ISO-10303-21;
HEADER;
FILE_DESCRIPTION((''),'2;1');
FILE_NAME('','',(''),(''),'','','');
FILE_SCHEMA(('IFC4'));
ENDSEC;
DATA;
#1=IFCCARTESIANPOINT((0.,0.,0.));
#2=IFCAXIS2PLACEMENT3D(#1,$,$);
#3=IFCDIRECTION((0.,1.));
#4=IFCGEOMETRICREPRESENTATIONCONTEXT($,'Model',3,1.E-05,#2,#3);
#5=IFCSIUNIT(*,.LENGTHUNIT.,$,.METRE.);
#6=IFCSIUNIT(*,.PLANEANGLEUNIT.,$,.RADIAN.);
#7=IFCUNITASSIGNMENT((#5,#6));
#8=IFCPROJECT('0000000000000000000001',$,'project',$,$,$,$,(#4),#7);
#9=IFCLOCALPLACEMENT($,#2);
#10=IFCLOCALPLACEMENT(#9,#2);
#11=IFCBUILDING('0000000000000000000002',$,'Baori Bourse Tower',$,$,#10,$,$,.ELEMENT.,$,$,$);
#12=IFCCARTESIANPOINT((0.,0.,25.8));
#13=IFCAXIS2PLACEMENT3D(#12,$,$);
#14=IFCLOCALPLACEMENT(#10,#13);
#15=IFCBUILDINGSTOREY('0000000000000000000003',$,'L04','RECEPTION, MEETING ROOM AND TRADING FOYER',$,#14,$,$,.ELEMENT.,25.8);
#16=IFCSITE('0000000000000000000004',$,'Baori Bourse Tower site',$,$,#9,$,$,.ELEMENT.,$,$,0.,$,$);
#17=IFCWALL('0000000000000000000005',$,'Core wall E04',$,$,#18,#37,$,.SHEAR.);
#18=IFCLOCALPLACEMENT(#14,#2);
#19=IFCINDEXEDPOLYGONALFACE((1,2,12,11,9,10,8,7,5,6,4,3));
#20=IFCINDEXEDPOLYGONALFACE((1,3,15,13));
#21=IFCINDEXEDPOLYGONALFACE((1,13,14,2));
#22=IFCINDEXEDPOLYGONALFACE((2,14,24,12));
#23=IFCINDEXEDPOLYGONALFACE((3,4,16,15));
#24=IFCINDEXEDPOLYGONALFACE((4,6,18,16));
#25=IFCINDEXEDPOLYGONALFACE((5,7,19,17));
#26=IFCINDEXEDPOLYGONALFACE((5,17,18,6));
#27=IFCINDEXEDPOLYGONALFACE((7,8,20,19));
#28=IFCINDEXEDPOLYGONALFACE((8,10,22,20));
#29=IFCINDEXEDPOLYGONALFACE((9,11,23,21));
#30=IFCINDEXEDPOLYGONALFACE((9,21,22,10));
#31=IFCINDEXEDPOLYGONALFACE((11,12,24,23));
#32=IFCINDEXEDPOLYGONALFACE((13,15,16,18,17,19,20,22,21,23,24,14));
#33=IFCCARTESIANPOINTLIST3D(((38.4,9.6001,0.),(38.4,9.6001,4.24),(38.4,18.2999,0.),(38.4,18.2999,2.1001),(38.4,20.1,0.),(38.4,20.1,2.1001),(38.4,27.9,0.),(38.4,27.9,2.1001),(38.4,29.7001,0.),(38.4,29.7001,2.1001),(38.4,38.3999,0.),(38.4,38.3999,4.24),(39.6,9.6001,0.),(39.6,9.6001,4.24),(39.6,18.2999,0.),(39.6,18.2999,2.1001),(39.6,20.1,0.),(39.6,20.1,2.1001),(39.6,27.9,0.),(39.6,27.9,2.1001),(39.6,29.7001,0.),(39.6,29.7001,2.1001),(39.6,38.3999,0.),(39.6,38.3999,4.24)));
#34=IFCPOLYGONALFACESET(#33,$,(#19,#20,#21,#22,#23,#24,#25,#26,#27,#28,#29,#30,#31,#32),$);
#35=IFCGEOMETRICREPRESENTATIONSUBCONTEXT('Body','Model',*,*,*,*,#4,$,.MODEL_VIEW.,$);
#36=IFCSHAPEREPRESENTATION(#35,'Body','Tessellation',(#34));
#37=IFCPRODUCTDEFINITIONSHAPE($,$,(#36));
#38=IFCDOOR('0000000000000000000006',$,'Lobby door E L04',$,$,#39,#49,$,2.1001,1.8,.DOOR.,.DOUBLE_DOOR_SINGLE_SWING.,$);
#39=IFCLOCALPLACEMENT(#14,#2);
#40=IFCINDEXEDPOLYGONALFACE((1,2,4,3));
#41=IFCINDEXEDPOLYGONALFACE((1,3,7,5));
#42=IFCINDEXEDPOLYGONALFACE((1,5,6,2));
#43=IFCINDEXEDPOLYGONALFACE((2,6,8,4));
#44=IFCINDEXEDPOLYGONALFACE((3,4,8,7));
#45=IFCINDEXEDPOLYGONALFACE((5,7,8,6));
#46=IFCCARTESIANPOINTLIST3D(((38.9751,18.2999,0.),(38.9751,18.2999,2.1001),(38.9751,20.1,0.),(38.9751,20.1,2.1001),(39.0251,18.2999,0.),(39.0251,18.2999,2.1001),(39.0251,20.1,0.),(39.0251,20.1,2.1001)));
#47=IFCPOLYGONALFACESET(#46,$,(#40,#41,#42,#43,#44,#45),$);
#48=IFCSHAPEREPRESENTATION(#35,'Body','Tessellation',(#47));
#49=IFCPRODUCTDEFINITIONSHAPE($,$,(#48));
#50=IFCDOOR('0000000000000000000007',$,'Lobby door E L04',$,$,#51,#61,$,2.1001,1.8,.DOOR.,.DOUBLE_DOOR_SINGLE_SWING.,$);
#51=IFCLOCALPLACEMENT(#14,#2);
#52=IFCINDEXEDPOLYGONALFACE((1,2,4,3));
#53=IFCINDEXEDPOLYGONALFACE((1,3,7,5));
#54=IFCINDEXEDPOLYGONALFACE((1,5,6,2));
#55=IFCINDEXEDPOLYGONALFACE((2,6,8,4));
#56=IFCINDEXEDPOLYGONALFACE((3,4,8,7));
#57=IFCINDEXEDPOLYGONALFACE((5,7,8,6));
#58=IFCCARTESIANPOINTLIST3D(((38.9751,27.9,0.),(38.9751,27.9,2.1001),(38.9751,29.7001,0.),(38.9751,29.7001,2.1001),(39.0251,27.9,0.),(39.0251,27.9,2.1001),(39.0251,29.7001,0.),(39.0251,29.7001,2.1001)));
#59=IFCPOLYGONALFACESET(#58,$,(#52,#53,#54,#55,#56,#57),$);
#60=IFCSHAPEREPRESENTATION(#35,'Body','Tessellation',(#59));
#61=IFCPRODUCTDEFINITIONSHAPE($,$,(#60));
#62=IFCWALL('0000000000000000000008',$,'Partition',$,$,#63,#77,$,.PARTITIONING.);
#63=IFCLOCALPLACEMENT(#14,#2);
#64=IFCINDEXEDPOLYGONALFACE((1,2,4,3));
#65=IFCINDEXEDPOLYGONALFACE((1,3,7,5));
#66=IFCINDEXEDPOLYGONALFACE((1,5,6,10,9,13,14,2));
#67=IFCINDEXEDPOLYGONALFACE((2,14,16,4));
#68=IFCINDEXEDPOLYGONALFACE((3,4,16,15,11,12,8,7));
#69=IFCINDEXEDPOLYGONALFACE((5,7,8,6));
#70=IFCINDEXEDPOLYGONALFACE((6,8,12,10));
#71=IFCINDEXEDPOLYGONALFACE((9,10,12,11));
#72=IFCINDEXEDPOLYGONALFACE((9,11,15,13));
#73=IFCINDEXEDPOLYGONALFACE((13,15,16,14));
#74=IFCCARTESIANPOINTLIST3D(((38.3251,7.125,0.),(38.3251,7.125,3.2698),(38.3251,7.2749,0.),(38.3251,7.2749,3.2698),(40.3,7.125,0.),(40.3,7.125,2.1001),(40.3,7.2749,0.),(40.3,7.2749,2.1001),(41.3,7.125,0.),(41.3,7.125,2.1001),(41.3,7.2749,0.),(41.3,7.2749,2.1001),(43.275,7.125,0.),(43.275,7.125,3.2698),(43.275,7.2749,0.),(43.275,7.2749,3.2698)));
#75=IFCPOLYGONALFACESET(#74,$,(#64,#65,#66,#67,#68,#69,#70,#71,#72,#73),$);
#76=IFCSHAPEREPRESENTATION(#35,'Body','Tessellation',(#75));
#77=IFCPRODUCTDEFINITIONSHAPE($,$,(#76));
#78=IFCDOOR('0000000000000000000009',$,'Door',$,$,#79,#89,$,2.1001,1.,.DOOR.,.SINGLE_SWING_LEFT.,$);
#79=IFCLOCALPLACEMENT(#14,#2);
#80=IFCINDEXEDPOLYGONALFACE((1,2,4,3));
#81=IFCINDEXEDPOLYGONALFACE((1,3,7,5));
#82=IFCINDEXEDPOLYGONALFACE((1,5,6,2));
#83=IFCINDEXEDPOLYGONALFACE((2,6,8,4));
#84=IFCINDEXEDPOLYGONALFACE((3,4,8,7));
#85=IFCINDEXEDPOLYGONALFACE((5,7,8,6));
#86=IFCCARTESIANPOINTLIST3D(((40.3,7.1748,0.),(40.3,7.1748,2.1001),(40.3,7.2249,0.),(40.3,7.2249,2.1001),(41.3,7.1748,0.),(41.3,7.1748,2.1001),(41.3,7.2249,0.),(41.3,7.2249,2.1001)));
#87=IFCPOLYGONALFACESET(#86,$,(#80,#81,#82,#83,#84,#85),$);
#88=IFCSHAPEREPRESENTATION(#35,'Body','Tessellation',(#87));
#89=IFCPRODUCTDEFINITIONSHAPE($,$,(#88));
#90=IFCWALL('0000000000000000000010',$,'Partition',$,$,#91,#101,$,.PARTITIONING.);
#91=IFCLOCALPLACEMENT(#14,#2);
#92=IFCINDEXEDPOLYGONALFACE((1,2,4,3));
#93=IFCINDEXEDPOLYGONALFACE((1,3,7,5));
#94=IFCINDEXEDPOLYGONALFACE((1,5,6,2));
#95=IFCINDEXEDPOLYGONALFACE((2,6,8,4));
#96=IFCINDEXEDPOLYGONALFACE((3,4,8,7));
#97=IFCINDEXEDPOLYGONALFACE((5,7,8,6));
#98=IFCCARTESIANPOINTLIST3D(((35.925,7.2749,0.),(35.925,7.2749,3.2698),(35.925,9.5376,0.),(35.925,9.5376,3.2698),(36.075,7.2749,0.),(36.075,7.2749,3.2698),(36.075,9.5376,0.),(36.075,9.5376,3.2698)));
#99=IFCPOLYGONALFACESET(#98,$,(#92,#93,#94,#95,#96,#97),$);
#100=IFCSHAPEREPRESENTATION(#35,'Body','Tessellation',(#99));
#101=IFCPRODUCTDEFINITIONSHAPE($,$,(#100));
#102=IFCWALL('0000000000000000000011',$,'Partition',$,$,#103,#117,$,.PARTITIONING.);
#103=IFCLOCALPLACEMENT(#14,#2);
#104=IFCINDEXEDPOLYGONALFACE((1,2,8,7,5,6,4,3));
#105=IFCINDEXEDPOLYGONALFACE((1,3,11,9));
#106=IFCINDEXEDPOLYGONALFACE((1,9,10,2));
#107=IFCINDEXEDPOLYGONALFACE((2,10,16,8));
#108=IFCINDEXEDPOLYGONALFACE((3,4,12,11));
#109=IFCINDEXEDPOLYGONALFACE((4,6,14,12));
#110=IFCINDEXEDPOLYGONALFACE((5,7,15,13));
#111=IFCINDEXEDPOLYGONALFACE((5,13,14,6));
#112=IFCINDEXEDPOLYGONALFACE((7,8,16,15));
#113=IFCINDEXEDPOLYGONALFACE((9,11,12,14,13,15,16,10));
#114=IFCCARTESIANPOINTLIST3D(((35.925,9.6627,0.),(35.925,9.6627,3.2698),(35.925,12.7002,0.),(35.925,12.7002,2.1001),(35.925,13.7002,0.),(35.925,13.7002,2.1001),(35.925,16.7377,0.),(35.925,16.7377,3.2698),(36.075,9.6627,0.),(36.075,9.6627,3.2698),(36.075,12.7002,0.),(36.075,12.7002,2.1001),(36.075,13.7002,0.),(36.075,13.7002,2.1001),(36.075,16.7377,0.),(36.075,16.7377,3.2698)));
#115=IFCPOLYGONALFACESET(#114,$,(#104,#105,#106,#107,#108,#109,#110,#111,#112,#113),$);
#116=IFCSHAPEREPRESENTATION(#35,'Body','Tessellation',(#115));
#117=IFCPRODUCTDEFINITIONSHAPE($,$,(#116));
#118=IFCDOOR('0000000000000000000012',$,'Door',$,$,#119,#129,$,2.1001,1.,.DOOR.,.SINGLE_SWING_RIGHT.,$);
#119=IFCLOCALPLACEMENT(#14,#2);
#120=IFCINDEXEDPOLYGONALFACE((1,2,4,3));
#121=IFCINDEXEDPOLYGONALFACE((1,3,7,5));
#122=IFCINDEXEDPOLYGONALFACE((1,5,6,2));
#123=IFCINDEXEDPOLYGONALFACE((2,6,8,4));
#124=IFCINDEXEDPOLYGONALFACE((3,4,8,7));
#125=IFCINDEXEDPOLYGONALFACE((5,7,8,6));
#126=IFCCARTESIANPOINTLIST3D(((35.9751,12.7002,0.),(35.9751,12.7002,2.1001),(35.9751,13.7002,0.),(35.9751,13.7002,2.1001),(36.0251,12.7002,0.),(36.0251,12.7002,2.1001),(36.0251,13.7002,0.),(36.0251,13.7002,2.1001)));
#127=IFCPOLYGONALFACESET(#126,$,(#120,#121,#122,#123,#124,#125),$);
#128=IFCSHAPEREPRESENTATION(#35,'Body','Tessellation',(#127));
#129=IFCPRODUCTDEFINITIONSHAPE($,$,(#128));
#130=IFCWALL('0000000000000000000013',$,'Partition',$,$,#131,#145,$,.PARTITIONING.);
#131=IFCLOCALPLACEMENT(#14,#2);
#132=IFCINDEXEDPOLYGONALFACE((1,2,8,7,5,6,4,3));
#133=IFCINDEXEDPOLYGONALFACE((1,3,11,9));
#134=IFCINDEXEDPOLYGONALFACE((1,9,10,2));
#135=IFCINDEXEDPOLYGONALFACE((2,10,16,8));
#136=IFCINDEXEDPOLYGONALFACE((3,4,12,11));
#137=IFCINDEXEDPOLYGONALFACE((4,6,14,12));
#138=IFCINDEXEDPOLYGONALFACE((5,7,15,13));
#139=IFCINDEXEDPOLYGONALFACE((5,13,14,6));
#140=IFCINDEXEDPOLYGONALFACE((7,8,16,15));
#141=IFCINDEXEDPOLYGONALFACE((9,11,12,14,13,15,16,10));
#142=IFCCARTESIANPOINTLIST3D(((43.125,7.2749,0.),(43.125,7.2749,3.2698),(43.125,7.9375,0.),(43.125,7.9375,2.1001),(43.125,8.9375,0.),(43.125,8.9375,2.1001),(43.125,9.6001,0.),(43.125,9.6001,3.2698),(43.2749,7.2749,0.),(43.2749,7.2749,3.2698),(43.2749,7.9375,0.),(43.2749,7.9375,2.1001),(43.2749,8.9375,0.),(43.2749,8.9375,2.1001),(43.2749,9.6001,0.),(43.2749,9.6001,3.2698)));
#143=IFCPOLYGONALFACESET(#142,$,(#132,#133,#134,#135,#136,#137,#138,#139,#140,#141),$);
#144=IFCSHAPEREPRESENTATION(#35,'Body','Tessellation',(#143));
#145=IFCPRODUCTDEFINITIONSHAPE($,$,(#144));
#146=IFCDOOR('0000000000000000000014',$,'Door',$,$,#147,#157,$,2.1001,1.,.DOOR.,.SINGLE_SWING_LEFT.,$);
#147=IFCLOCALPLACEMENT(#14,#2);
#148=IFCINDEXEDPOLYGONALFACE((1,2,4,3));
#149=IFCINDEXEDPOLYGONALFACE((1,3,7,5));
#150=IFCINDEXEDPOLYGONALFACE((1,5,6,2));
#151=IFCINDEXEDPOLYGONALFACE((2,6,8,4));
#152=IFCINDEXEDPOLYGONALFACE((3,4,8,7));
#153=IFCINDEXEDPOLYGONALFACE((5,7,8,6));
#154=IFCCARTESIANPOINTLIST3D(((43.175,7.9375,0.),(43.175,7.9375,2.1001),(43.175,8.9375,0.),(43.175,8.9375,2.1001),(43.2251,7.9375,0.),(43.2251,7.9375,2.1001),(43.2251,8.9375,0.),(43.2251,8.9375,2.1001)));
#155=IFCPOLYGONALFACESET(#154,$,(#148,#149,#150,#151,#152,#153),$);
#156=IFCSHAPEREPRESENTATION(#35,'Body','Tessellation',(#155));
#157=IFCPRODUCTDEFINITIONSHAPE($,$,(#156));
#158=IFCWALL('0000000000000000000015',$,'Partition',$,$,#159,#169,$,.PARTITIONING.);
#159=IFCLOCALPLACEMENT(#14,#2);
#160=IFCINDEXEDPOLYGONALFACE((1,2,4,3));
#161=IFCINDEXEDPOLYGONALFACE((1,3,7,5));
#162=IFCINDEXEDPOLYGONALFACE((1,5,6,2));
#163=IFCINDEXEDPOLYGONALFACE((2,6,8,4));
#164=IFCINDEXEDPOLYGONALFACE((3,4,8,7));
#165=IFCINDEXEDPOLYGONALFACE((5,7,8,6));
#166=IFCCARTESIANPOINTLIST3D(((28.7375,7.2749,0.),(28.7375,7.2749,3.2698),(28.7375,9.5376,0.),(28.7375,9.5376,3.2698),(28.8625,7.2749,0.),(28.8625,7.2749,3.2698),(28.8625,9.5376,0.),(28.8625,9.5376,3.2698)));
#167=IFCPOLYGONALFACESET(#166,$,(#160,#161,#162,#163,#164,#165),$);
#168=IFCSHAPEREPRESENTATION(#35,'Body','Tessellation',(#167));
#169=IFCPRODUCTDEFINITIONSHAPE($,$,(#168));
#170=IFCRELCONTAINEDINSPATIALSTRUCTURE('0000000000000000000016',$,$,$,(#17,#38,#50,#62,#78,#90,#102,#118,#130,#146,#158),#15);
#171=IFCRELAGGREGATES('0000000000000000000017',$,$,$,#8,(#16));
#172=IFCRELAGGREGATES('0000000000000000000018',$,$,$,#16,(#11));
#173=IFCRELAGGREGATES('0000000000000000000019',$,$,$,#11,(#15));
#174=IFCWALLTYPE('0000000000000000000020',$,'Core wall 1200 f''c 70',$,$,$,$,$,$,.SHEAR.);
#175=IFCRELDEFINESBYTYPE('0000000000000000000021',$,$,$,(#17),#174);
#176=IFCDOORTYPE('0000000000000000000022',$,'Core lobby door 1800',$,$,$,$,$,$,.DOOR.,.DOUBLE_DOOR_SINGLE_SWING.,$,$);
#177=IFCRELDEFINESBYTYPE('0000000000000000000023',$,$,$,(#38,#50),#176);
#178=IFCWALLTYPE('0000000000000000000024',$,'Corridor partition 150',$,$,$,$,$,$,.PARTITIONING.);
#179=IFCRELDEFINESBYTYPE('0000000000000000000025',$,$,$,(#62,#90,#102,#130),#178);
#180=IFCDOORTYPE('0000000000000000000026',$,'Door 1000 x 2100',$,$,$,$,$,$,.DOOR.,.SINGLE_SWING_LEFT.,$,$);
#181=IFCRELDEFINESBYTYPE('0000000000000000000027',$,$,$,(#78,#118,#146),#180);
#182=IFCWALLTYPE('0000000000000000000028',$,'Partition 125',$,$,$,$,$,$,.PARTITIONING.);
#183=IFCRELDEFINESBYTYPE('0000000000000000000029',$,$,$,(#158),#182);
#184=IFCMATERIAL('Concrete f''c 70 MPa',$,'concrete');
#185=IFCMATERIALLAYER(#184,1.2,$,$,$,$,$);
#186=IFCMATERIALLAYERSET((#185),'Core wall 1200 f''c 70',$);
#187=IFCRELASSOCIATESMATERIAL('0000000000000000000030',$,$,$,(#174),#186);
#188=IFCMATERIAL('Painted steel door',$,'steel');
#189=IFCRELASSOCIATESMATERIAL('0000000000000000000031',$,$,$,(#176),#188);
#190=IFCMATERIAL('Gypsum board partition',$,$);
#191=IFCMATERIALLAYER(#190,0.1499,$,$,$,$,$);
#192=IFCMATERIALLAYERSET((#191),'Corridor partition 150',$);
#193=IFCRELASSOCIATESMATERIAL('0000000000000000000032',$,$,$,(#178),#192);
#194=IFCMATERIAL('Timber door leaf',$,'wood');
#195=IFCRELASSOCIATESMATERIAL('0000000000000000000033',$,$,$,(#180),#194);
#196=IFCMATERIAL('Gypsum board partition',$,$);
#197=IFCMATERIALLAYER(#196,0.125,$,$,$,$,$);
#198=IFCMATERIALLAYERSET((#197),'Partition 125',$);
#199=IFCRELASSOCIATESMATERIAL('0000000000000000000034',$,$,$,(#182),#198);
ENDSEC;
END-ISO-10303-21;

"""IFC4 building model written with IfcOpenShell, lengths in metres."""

from ifc_helpers import new_model, si_unit, direction, frame, frame_2d, origin, place, context, subcontext, project, spatial, rectangle, extrude, material, layer, layer_set, type_object, element, fill, save


model = new_model("IFC4")

# Units and contexts
model_context = context("Model", 3, precision=1e-05, world=origin(), true_north=direction((0.0, 1.0)))
body_context = subcontext(model_context, "Body", "Model", "MODEL_VIEW")
ifc_project = project(units=[si_unit("LENGTHUNIT", "METRE"), si_unit("PLANEANGLEUNIT", "RADIAN")], contexts=[model_context])

# Site, building, storey
site_placement = place(None, origin())
site = spatial("IfcSite", under=ifc_project, at=site_placement, Name="Baori Bourse Tower site", CompositionType="ELEMENT", RefElevation=0.0)
building_placement = place(site_placement, origin())
building = spatial("IfcBuilding", under=site, at=building_placement, Name="Baori Bourse Tower", CompositionType="ELEMENT")
storey_placement = place(building_placement, frame((0.0, 0.0, 25.8)))
storey = spatial("IfcBuildingStorey", under=building, at=storey_placement, Name="L04", Description="RECEPTION, MEETING ROOM AND TRADING FOYER", CompositionType="ELEMENT", Elevation=25.8)

# Wall, openings, doors
ifc_material_1 = material(Name="Concrete f'c 70 MPa", Category="concrete")
ifc_layer_1 = layer(ifc_material_1, 1.2)
ifc_layer_set_1 = layer_set([ifc_layer_1], Name="Core wall 1200 f'c 70")
wall_type_1 = type_object("IfcWallType", Name="Core wall 1200 f'c 70", PredefinedType="SHEAR", material=ifc_layer_set_1)
wall_1_placement = place(storey_placement, frame((39.0, 9.6001, 0.0), z_axis=(0.0, 0.0, 1.0), x_axis=(0.0, 1.0, 0.0)))
wall_1 = element("IfcWall", 1, at=wall_1_placement, inside=storey, type_object=wall_type_1, Name="Core wall E04", PredefinedType="SHEAR", context=body_context, shape_type="SweptSolid", body=[
    extrude(rectangle(XDim=28.7998, YDim=1.2, at=frame_2d((14.3999, 0.0))), origin(), (0.0, 0.0, 1.0), 4.24),
])
opening_1_placement = place(wall_1_placement, frame((8.7, 0.0, 0.0)))
opening_1 = element("IfcOpeningElement", 2, at=opening_1_placement, cuts=wall_1, PredefinedType="OPENING", context=body_context, shape_type="SweptSolid", body=[
    extrude(rectangle(XDim=1.8, YDim=2.1001, at=frame_2d((0.8999, 1.05))), frame((0.0, 0.6099, 0.0), z_axis=(0.0, -1.0, 0.0), x_axis=(1.0, 0.0, 0.0)), (0.0, 0.0, 1.0), 1.22),
])
opening_2_placement = place(wall_1_placement, frame((18.3, 0.0, 0.0)))
opening_2 = element("IfcOpeningElement", 3, at=opening_2_placement, cuts=wall_1, PredefinedType="OPENING", context=body_context, shape_type="SweptSolid", body=[
    extrude(rectangle(XDim=1.8, YDim=2.1001, at=frame_2d((0.8999, 1.05))), frame((0.0, 0.6099, 0.0), z_axis=(0.0, -1.0, 0.0), x_axis=(1.0, 0.0, 0.0)), (0.0, 0.0, 1.0), 1.22),
])
ifc_material_2 = material(Name="Painted steel door", Category="steel")
door_type_1 = type_object("IfcDoorType", Name="Core lobby door 1800", OperationType="DOUBLE_DOOR_SINGLE_SWING", PredefinedType="DOOR", material=ifc_material_2)
door_1_placement = place(opening_1_placement, origin())
door_1 = element("IfcDoor", 4, at=door_1_placement, inside=storey, type_object=door_type_1, Name="Lobby door E L04", OperationType="DOUBLE_DOOR_SINGLE_SWING", OverallHeight=2.1001, OverallWidth=1.8, PredefinedType="DOOR", context=body_context, shape_type="SweptSolid", body=[
    extrude(rectangle(XDim=1.8, YDim=2.1001, at=frame_2d((0.8999, 1.05))), frame((0.0, 0.0249, 0.0), z_axis=(0.0, -1.0, 0.0), x_axis=(1.0, 0.0, 0.0)), (0.0, 0.0, 1.0), 0.05),
])
fill(opening_1, door_1)
door_2_placement = place(opening_2_placement, origin())
door_2 = element("IfcDoor", 5, at=door_2_placement, inside=storey, type_object=door_type_1, Name="Lobby door E L04", OperationType="DOUBLE_DOOR_SINGLE_SWING", OverallHeight=2.1001, OverallWidth=1.8, PredefinedType="DOOR", context=body_context, shape_type="SweptSolid", body=[
    extrude(rectangle(XDim=1.8, YDim=2.1001, at=frame_2d((0.8999, 1.05))), frame((0.0, 0.0249, 0.0), z_axis=(0.0, -1.0, 0.0), x_axis=(1.0, 0.0, 0.0)), (0.0, 0.0, 1.0), 0.05),
])
fill(opening_2, door_2)

# Wall, opening, door
ifc_material_3 = material(Name="Gypsum board partition")
ifc_layer_2 = layer(ifc_material_3, 0.1499)
ifc_layer_set_2 = layer_set([ifc_layer_2], Name="Corridor partition 150")
wall_type_2 = type_object("IfcWallType", Name="Corridor partition 150", PredefinedType="PARTITIONING", material=ifc_layer_set_2)
wall_2_placement = place(storey_placement, frame((38.325, 7.2, 0.0), z_axis=(0.0, 0.0, 1.0), x_axis=(1.0, 0.0, 0.0)))
wall_2 = element("IfcWall", 6, at=wall_2_placement, inside=storey, type_object=wall_type_2, Name="Partition", PredefinedType="PARTITIONING", context=body_context, shape_type="SweptSolid", body=[
    extrude(rectangle(XDim=4.95, YDim=0.1499, at=frame_2d((2.4751, 0.0))), origin(), (0.0, 0.0, 1.0), 3.2698),
])
opening_3_placement = place(wall_2_placement, frame((1.9751, 0.0, 0.0)))
opening_3 = element("IfcOpeningElement", 7, at=opening_3_placement, cuts=wall_2, PredefinedType="OPENING", context=body_context, shape_type="SweptSolid", body=[
    extrude(rectangle(XDim=1.0, YDim=2.1001, at=frame_2d((0.5, 1.05))), frame((0.0, 0.085, 0.0), z_axis=(0.0, -1.0, 0.0), x_axis=(1.0, 0.0, 0.0)), (0.0, 0.0, 1.0), 0.1699),
])
ifc_material_4 = material(Name="Timber door leaf", Category="wood")
door_type_2 = type_object("IfcDoorType", Name="Door 1000 x 2100", OperationType="SINGLE_SWING_LEFT", PredefinedType="DOOR", material=ifc_material_4)
door_3_placement = place(opening_3_placement, origin())
door_3 = element("IfcDoor", 8, at=door_3_placement, inside=storey, type_object=door_type_2, Name="Door", OperationType="SINGLE_SWING_LEFT", OverallHeight=2.1001, OverallWidth=1.0, PredefinedType="DOOR", context=body_context, shape_type="SweptSolid", body=[
    extrude(rectangle(XDim=1.0, YDim=2.1001, at=frame_2d((0.5, 1.05))), frame((0.0, 0.0249, 0.0), z_axis=(0.0, -1.0, 0.0), x_axis=(1.0, 0.0, 0.0)), (0.0, 0.0, 1.0), 0.05),
])
fill(opening_3, door_3)

# Wall
wall_3_placement = place(storey_placement, frame((36.0, 7.2749, 0.0), z_axis=(0.0, 0.0, 1.0), x_axis=(0.0, 1.0, 0.0)))
element("IfcWall", 9, at=wall_3_placement, inside=storey, type_object=wall_type_2, Name="Partition", PredefinedType="PARTITIONING", context=body_context, shape_type="SweptSolid", body=[
    extrude(rectangle(XDim=2.2627, YDim=0.1499, at=frame_2d((1.1313, 0.0))), origin(), (0.0, 0.0, 1.0), 3.2698),
])

# Walls, openings, doors
wall_4_placement = place(storey_placement, frame((36.0, 9.6626, 0.0), z_axis=(0.0, 0.0, 1.0), x_axis=(0.0, 1.0, 0.0)))
wall_4 = element("IfcWall", 10, at=wall_4_placement, inside=storey, type_object=wall_type_2, Name="Partition", PredefinedType="PARTITIONING", context=body_context, shape_type="SweptSolid", body=[
    extrude(rectangle(XDim=7.075, YDim=0.1499, at=frame_2d((3.5376, 0.0))), origin(), (0.0, 0.0, 1.0), 3.2698),
])
opening_4_placement = place(wall_4_placement, frame((3.0376, 0.0, 0.0)))
opening_4 = element("IfcOpeningElement", 11, at=opening_4_placement, cuts=wall_4, PredefinedType="OPENING", context=body_context, shape_type="SweptSolid", body=[
    extrude(rectangle(XDim=1.0, YDim=2.1001, at=frame_2d((0.5, 1.05))), frame((0.0, 0.085, 0.0), z_axis=(0.0, -1.0, 0.0), x_axis=(1.0, 0.0, 0.0)), (0.0, 0.0, 1.0), 0.1699),
])
door_4_placement = place(opening_4_placement, origin())
door_4 = element("IfcDoor", 12, at=door_4_placement, inside=storey, type_object=door_type_2, Name="Door", OperationType="SINGLE_SWING_RIGHT", OverallHeight=2.1001, OverallWidth=1.0, PredefinedType="DOOR", context=body_context, shape_type="SweptSolid", body=[
    extrude(rectangle(XDim=1.0, YDim=2.1001, at=frame_2d((0.5, 1.05))), frame((0.0, 0.0249, 0.0), z_axis=(0.0, -1.0, 0.0), x_axis=(1.0, 0.0, 0.0)), (0.0, 0.0, 1.0), 0.05),
])
fill(opening_4, door_4)
wall_5_placement = place(storey_placement, frame((43.2, 7.2749, 0.0), z_axis=(0.0, 0.0, 1.0), x_axis=(0.0, 1.0, 0.0)))
wall_5 = element("IfcWall", 13, at=wall_5_placement, inside=storey, type_object=wall_type_2, Name="Partition", PredefinedType="PARTITIONING", context=body_context, shape_type="SweptSolid", body=[
    extrude(rectangle(XDim=2.3252, YDim=0.1499, at=frame_2d((1.1626, 0.0))), origin(), (0.0, 0.0, 1.0), 3.2698),
])
opening_5_placement = place(wall_5_placement, frame((0.6626, 0.0, 0.0)))
opening_5 = element("IfcOpeningElement", 14, at=opening_5_placement, cuts=wall_5, PredefinedType="OPENING", context=body_context, shape_type="SweptSolid", body=[
    extrude(rectangle(XDim=1.0, YDim=2.1001, at=frame_2d((0.5, 1.05))), frame((0.0, 0.085, 0.0), z_axis=(0.0, -1.0, 0.0), x_axis=(1.0, 0.0, 0.0)), (0.0, 0.0, 1.0), 0.1699),
])
door_5_placement = place(opening_5_placement, origin())
door_5 = element("IfcDoor", 15, at=door_5_placement, inside=storey, type_object=door_type_2, Name="Door", OperationType="SINGLE_SWING_LEFT", OverallHeight=2.1001, OverallWidth=1.0, PredefinedType="DOOR", context=body_context, shape_type="SweptSolid", body=[
    extrude(rectangle(XDim=1.0, YDim=2.1001, at=frame_2d((0.5, 1.05))), frame((0.0, 0.0249, 0.0), z_axis=(0.0, -1.0, 0.0), x_axis=(1.0, 0.0, 0.0)), (0.0, 0.0, 1.0), 0.05),
])
fill(opening_5, door_5)

# Wall
ifc_material_5 = material(Name="Gypsum board partition")
ifc_layer_3 = layer(ifc_material_5, 0.125)
ifc_layer_set_3 = layer_set([ifc_layer_3], Name="Partition 125")
wall_type_3 = type_object("IfcWallType", Name="Partition 125", PredefinedType="PARTITIONING", material=ifc_layer_set_3)
wall_6_placement = place(storey_placement, frame((28.8, 7.2749, 0.0), z_axis=(0.0, 0.0, 1.0), x_axis=(0.0, 1.0, 0.0)))
element("IfcWall", 16, at=wall_6_placement, inside=storey, type_object=wall_type_3, Name="Partition", PredefinedType="PARTITIONING", context=body_context, shape_type="SweptSolid", body=[
    extrude(rectangle(XDim=2.2627, YDim=0.125, at=frame_2d((1.1313, 0.0))), origin(), (0.0, 0.0, 1.0), 3.2698),
])

save(model, "model.ifc")
